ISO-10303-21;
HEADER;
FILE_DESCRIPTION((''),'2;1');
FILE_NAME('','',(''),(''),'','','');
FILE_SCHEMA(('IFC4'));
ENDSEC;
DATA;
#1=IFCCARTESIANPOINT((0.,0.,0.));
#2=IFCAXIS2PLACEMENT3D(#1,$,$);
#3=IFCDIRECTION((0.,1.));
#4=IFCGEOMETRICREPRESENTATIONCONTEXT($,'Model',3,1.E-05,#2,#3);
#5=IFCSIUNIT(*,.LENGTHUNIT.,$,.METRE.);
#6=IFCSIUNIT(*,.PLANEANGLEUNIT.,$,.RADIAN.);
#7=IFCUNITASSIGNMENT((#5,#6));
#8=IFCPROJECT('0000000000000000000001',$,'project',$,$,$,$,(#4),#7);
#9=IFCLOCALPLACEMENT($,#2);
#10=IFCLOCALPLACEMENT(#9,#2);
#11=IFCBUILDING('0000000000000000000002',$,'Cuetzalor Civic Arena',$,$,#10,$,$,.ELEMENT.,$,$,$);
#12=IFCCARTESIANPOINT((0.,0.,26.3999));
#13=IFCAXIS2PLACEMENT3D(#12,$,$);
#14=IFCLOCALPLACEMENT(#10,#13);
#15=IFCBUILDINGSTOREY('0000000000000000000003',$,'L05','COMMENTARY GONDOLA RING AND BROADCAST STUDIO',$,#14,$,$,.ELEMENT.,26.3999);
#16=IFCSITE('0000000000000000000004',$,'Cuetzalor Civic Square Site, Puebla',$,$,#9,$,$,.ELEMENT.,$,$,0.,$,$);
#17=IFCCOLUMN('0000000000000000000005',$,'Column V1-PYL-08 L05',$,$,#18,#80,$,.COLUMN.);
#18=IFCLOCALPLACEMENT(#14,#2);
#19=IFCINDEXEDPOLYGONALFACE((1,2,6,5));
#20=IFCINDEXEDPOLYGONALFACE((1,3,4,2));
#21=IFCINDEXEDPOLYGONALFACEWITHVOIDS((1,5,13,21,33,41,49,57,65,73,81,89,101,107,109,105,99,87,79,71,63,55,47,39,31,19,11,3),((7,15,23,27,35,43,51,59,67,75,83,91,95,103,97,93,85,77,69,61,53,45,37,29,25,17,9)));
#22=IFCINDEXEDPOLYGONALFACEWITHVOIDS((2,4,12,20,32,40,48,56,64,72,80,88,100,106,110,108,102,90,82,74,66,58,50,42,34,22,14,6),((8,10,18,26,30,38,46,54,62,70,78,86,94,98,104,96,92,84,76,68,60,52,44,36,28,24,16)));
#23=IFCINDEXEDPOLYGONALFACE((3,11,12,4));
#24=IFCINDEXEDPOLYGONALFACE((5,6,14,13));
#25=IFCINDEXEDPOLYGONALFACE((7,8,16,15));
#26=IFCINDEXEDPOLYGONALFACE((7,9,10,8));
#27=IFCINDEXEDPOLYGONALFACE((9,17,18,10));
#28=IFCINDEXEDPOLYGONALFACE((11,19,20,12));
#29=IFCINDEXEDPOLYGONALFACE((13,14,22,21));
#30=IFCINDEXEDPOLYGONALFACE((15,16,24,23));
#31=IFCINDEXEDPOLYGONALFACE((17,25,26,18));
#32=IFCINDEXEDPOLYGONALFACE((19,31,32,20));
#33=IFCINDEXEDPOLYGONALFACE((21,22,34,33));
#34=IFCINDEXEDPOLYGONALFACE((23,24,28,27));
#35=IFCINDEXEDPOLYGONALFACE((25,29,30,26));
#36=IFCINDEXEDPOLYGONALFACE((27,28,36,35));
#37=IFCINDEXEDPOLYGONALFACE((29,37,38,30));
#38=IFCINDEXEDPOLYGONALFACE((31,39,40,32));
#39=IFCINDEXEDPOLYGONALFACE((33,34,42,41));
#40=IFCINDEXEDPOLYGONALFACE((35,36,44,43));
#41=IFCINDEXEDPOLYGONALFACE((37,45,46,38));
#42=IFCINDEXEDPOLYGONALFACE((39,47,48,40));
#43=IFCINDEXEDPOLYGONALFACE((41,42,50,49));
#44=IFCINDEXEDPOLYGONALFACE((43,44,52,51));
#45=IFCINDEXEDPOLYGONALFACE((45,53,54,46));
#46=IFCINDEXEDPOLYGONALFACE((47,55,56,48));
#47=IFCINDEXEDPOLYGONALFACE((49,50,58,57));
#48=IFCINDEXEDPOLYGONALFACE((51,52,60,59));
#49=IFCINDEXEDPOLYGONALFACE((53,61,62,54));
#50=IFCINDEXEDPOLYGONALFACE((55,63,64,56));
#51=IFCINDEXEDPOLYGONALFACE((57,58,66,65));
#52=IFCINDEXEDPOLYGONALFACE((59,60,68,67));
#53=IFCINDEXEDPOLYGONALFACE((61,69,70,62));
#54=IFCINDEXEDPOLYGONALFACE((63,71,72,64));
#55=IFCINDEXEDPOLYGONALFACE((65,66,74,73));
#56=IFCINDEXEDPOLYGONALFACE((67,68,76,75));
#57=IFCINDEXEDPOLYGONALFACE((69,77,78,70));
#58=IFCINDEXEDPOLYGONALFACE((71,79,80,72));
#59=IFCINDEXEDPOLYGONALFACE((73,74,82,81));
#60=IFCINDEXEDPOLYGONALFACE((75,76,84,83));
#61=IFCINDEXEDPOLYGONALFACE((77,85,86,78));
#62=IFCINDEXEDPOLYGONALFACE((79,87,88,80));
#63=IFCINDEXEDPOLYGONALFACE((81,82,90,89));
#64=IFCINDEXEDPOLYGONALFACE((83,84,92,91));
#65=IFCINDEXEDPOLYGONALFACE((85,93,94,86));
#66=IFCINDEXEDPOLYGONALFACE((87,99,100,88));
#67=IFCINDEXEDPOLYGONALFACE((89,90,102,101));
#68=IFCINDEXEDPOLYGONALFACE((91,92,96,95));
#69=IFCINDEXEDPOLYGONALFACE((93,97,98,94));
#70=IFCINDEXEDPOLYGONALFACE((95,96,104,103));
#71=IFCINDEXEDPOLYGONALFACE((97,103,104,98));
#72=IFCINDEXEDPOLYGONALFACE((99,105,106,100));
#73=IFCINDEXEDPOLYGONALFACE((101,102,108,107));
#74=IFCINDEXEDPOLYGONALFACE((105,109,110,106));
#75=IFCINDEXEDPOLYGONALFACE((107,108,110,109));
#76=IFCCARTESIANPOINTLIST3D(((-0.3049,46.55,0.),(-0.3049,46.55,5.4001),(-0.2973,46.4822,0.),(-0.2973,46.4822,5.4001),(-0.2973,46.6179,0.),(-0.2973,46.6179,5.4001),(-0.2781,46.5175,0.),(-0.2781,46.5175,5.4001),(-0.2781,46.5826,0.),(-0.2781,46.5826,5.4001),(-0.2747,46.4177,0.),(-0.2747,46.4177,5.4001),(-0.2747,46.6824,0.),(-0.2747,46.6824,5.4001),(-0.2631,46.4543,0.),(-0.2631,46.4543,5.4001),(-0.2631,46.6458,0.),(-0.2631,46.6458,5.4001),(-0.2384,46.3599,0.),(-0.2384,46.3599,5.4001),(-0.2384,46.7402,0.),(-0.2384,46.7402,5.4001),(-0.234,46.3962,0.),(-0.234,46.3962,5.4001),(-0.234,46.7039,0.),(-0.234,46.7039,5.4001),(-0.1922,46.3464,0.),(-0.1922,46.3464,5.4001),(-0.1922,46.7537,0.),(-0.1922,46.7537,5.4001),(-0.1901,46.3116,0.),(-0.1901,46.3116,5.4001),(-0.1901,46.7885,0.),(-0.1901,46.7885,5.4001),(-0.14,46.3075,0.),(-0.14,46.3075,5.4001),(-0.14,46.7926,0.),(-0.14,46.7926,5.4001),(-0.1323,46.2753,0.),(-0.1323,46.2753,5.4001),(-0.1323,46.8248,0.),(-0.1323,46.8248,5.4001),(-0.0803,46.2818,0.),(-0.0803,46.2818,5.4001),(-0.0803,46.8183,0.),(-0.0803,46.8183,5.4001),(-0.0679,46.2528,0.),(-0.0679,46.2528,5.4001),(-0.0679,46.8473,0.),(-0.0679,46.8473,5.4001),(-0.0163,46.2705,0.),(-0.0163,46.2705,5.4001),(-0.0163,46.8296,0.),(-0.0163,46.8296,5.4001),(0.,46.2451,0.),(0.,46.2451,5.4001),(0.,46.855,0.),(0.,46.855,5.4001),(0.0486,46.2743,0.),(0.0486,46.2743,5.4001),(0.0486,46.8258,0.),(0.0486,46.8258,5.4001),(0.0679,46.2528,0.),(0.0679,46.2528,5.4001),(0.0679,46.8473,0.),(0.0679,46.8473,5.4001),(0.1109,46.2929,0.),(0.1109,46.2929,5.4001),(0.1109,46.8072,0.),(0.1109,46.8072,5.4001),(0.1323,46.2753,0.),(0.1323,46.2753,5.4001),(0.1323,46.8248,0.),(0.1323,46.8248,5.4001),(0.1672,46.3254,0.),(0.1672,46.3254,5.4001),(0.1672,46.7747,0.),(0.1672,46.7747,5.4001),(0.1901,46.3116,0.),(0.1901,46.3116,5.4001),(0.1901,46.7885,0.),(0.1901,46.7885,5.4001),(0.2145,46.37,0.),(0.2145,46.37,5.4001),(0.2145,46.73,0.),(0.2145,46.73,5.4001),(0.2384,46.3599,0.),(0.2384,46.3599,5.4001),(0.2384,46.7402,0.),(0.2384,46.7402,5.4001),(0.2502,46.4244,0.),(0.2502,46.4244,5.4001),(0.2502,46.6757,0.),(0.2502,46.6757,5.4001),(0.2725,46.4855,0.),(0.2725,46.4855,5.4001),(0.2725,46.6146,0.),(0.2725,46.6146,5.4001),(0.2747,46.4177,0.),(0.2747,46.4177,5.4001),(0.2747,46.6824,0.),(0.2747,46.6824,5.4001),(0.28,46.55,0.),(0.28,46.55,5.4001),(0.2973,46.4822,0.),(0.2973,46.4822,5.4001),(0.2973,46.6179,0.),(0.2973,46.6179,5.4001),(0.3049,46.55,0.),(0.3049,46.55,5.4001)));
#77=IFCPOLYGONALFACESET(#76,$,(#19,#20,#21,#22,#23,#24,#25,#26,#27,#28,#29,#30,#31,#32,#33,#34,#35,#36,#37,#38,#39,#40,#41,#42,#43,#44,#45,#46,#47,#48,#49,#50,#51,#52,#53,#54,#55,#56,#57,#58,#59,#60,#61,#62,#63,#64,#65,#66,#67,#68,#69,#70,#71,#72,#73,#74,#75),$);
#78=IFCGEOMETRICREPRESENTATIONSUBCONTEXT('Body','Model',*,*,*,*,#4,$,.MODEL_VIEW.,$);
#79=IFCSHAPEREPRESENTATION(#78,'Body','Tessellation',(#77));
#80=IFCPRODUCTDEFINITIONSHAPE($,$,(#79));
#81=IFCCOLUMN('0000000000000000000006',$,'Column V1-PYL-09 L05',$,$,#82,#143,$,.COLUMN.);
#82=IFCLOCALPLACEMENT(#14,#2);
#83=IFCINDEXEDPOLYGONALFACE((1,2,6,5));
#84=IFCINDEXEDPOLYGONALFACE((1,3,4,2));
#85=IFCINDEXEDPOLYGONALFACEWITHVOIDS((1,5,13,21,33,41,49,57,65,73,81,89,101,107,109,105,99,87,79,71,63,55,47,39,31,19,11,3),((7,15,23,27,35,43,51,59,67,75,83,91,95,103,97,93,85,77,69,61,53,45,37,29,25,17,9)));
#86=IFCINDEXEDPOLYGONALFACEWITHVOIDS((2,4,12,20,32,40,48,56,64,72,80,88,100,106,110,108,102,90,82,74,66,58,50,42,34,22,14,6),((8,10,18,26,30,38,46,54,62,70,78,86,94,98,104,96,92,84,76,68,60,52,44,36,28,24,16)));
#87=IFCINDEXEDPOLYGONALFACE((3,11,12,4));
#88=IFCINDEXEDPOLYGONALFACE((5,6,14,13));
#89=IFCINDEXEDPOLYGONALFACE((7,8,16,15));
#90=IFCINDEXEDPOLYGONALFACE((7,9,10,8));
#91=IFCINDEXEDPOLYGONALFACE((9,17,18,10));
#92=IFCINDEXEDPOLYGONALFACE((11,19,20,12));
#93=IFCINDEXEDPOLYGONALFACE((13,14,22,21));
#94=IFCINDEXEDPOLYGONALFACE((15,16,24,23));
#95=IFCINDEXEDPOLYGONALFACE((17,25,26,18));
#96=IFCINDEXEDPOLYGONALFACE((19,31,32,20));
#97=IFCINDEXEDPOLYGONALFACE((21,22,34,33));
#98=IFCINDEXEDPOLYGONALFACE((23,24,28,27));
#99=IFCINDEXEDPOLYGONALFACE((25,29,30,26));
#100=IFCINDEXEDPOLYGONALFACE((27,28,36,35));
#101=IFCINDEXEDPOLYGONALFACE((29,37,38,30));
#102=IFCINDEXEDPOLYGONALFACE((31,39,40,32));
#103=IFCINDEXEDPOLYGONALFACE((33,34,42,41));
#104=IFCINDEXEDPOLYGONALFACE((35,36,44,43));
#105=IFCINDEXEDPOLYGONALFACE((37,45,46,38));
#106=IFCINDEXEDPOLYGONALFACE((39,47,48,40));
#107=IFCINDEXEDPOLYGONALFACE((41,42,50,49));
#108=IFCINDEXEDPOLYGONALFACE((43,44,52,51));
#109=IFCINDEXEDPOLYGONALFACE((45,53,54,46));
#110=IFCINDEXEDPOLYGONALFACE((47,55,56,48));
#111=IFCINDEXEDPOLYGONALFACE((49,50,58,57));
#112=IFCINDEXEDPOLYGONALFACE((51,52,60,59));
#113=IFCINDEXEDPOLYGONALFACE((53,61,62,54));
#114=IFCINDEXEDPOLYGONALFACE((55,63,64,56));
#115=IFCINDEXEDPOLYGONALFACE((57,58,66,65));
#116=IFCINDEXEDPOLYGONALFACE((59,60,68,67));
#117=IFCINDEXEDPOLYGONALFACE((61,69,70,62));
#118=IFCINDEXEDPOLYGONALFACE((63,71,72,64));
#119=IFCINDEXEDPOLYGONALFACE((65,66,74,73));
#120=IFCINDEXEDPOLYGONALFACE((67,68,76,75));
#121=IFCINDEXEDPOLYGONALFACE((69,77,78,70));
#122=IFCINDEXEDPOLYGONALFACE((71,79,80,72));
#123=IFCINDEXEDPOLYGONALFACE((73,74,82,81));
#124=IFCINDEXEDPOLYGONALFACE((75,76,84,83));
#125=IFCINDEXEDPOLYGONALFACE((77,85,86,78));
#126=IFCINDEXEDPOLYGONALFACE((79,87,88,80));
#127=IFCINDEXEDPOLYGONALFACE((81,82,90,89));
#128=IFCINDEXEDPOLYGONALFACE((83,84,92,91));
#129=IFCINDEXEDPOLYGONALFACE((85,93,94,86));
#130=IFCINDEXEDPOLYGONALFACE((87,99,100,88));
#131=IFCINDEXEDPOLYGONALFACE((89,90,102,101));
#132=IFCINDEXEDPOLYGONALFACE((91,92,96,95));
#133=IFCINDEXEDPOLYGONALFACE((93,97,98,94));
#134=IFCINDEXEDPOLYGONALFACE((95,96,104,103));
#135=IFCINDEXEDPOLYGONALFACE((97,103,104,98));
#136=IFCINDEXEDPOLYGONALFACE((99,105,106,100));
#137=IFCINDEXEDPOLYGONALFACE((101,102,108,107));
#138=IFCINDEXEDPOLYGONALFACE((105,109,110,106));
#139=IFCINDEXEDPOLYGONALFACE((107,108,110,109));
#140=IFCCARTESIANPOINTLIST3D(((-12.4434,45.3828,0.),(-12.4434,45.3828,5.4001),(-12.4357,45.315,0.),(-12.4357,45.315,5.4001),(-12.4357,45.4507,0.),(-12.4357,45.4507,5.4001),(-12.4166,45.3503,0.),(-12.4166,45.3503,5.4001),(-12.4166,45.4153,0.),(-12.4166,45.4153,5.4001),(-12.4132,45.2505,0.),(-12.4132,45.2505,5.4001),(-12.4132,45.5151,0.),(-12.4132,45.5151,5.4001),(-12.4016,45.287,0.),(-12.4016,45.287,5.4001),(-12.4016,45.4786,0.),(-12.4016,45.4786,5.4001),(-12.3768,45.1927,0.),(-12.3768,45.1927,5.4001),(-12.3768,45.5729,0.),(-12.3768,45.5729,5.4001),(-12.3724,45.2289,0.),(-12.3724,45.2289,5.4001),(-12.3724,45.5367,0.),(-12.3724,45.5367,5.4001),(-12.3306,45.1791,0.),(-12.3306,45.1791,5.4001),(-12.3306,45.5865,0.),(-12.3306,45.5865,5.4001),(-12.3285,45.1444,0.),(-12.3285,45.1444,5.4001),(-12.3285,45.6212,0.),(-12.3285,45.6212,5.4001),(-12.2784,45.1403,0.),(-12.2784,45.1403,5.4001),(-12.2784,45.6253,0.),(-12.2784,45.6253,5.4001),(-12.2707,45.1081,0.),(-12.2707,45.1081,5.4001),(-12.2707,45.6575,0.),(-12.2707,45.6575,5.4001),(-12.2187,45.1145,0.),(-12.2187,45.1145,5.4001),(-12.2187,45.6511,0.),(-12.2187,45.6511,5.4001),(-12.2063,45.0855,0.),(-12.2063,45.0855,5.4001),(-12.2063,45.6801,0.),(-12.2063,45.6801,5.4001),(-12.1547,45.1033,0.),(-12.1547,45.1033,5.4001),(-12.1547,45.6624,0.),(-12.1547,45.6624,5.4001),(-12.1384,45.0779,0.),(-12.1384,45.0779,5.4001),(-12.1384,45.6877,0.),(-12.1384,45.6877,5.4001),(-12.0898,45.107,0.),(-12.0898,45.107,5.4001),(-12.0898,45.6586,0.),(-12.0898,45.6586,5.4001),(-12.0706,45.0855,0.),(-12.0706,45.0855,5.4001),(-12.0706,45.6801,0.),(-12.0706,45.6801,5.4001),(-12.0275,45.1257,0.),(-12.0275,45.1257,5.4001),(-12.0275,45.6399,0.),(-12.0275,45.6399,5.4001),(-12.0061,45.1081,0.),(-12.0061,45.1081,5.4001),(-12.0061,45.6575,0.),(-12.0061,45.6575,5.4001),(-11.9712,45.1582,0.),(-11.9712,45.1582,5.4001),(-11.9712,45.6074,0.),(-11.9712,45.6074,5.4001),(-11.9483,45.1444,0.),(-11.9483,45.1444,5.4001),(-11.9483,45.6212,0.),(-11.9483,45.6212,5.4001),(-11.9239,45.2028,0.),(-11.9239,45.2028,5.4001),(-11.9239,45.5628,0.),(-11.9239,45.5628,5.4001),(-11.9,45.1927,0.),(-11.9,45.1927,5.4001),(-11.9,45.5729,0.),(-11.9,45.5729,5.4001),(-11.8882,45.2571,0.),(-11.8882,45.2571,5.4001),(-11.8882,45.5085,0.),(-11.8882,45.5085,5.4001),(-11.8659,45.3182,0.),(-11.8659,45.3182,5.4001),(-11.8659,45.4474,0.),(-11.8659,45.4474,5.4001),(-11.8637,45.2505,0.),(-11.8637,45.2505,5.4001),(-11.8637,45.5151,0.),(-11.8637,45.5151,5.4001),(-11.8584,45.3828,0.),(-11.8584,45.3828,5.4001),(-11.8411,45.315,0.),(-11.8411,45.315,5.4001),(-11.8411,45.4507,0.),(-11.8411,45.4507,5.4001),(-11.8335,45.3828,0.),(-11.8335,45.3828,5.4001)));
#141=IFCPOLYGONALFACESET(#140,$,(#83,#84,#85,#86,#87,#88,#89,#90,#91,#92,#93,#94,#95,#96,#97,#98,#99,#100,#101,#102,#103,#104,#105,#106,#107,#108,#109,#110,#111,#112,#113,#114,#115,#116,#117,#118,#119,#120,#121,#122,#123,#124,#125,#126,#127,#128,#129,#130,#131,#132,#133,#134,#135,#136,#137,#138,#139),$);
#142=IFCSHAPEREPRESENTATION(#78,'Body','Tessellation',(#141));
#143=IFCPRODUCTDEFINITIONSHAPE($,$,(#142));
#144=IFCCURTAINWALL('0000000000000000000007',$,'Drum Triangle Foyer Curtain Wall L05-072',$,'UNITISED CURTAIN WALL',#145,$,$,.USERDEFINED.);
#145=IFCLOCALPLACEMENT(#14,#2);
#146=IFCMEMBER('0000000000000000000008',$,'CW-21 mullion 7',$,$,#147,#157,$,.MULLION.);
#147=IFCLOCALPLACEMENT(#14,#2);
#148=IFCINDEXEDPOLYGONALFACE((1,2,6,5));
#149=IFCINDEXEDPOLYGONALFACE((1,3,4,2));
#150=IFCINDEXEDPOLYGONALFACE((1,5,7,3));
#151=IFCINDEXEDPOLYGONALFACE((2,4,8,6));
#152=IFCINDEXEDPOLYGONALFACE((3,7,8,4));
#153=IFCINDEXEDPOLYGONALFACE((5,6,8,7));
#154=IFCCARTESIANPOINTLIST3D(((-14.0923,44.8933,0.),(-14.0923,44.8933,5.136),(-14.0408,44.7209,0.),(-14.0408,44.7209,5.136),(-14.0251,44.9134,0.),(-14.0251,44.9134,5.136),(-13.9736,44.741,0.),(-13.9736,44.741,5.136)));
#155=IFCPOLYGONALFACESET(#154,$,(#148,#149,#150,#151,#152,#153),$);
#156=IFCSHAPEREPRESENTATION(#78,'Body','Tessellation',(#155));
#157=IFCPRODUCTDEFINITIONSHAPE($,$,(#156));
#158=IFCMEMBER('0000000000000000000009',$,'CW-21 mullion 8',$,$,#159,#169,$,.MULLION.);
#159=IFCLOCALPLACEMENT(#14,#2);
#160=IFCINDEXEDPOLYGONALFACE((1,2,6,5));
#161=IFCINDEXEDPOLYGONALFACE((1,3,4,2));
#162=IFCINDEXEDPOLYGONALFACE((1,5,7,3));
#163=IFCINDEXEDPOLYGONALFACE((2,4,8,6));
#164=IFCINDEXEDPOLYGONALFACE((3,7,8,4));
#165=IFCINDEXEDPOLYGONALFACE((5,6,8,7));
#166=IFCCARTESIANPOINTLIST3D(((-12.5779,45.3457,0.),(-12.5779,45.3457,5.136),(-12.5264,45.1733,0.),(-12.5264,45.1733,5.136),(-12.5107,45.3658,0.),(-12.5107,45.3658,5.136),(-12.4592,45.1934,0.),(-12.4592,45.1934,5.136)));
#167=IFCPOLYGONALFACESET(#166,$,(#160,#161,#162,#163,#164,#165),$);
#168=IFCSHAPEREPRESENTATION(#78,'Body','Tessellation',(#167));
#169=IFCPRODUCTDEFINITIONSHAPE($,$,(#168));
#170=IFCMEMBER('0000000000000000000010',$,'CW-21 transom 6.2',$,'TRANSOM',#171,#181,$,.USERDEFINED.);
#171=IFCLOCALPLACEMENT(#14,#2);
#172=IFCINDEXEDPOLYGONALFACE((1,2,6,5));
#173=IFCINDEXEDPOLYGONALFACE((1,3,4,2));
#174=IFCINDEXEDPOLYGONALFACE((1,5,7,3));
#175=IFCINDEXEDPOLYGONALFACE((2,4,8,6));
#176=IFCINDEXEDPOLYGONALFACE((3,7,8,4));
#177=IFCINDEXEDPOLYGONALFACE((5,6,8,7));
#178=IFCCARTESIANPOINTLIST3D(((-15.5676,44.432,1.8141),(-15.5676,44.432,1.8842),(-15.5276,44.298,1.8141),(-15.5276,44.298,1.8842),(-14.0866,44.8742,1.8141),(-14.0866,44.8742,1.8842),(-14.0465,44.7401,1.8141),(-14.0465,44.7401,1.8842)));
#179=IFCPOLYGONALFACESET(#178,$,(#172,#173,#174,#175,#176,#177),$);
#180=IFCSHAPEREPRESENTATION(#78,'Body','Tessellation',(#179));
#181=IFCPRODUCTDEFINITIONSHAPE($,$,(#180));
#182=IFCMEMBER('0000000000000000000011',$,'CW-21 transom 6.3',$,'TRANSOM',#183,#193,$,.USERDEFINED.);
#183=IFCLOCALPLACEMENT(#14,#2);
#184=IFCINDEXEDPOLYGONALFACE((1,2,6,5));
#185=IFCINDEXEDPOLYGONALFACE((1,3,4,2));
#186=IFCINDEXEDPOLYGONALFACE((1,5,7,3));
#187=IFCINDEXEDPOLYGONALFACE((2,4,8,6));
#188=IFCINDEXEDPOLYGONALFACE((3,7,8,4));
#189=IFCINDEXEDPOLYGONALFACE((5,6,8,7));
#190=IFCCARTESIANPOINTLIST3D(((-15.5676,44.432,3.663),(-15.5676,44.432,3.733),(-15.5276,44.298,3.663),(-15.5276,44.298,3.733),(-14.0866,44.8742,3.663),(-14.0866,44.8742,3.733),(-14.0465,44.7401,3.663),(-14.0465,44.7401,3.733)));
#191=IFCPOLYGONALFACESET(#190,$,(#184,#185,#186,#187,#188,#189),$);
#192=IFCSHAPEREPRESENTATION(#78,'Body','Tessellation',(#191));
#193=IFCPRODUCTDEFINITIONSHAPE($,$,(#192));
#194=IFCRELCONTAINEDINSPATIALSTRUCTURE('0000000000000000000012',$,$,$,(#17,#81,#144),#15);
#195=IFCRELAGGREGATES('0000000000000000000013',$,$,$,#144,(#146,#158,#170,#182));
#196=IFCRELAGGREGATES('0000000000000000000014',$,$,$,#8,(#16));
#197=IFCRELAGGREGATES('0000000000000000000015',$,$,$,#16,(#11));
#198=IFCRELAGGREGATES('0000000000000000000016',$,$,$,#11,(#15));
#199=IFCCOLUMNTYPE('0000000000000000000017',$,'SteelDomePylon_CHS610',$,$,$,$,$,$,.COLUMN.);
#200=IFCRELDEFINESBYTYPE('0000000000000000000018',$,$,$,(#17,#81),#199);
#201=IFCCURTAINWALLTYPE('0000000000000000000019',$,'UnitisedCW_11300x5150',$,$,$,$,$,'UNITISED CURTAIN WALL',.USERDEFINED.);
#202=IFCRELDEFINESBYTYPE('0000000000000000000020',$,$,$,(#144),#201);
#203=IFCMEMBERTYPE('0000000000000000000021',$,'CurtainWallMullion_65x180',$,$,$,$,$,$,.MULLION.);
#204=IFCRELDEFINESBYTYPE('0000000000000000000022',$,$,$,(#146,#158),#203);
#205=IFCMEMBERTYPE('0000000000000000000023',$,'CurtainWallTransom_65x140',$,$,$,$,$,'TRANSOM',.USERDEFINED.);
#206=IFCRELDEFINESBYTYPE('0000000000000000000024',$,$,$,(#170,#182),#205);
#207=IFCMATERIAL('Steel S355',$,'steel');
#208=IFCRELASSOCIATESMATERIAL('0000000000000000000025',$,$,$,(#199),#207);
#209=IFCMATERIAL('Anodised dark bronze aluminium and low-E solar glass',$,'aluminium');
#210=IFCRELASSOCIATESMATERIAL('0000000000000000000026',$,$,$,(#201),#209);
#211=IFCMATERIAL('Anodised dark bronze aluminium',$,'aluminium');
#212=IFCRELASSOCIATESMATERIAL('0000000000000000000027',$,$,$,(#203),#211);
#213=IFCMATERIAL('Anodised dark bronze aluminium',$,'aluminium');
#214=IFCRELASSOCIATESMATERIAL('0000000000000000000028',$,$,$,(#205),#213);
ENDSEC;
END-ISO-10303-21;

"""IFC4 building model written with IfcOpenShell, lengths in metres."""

from ifc_helpers import new_model, si_unit, direction, frame, origin, origin_2d, place, context, subcontext, project, spatial, rectangle, hollow_circle, extrude, material, material_profile, profile_set, type_object, element, aggregate, save


model = new_model("IFC4")

# Units and contexts
model_context = context("Model", 3, precision=1e-05, world=origin(), true_north=direction((0.0, 1.0)))
body_context = subcontext(model_context, "Body", "Model", "MODEL_VIEW")
ifc_project = project(units=[si_unit("LENGTHUNIT", "METRE"), si_unit("PLANEANGLEUNIT", "RADIAN")], contexts=[model_context])

# Site, building, storey
site_placement = place(None, origin())
site = spatial("IfcSite", under=ifc_project, at=site_placement, Name="Cuetzalor Civic Square Site, Puebla", CompositionType="ELEMENT", RefElevation=0.0)
building_placement = place(site_placement, origin())
building = spatial("IfcBuilding", under=site, at=building_placement, Name="Cuetzalor Civic Arena", CompositionType="ELEMENT")
storey_placement = place(building_placement, frame((0.0, 0.0, 26.3999)))
storey = spatial("IfcBuildingStorey", under=building, at=storey_placement, Name="L05", Description="COMMENTARY GONDOLA RING AND BROADCAST STUDIO", CompositionType="ELEMENT", Elevation=26.3999)

# Columns
ifc_material_1 = material(Name="Steel S355", Category="steel")
ifc_material_profile_1 = material_profile(ifc_material_1, hollow_circle(Radius=0.3049, WallThickness=0.0249, at=origin_2d()), Name="CHS 610x25")
ifc_profile_set_1 = profile_set([ifc_material_profile_1], Name="Steel S355")
column_type = type_object("IfcColumnType", Name="SteelDomePylon_CHS610", PredefinedType="COLUMN", material=ifc_profile_set_1)
for number, where, z_axis, x_axis, name in (
    (1, (0.0, 46.55, 0.0), (0.0, 0.0, 1.0), (1.0, 0.0, 0.0), "Column V1-PYL-08 L05"),
    (2, (-12.1384, 45.3828, 0.0), (0.0, 0.0, 1.0), (1.0, 0.0, 0.0), "Column V1-PYL-09 L05"),
):
    element("IfcColumn", number, at=place(storey_placement, frame(where, z_axis=z_axis, x_axis=x_axis)), inside=storey, type_object=column_type, Name=name, PredefinedType="COLUMN", context=body_context, shape_type="SweptSolid", body=[
        extrude(hollow_circle(Radius=0.3049, WallThickness=0.0249, at=origin_2d()), origin(), (0.0, 0.0, 1.0), 5.4001),
    ])

# Curtain wall, members
ifc_material_2 = material(Name="Anodised dark bronze aluminium and low-E solar glass", Category="aluminium")
curtain_wall_type = type_object("IfcCurtainWallType", Name="UnitisedCW_11300x5150", ElementType="UNITISED CURTAIN WALL", PredefinedType="USERDEFINED", material=ifc_material_2)
curtain_wall_placement = place(storey_placement, origin())
curtain_wall = element("IfcCurtainWall", 3, at=curtain_wall_placement, inside=storey, type_object=curtain_wall_type, Name="Drum Triangle Foyer Curtain Wall L05-072", ObjectType="UNITISED CURTAIN WALL", PredefinedType="USERDEFINED")
ifc_material_3 = material(Name="Anodised dark bronze aluminium", Category="aluminium")
ifc_material_profile_2 = material_profile(ifc_material_3, rectangle(XDim=0.0701, YDim=0.1799, at=origin_2d()), Name="ALU MULLION 70x180")
ifc_profile_set_2 = profile_set([ifc_material_profile_2], Name="Anodised dark bronze aluminium")
member_type_1 = type_object("IfcMemberType", Name="CurtainWallMullion_65x180", PredefinedType="MULLION", material=ifc_profile_set_2)
member_1_placement = place(storey_placement, frame((-14.033, 44.8171, 0.0), z_axis=(0.0, 0.0, 1.0), x_axis=(0.958194, 0.28612, 0.0)))
member_1 = element("IfcMember", 4, at=member_1_placement, type_object=member_type_1, Name="CW-21 mullion 7", PredefinedType="MULLION", context=body_context, shape_type="SweptSolid", body=[
    extrude(rectangle(XDim=0.0701, YDim=0.1799, at=origin_2d()), origin(), (0.0, 0.0, 1.0), 5.136),
])
member_2_placement = place(storey_placement, frame((-12.5186, 45.2695, 0.0), z_axis=(0.0, 0.0, 1.0), x_axis=(0.958194, 0.28612, 0.0)))
member_2 = element("IfcMember", 5, at=member_2_placement, type_object=member_type_1, Name="CW-21 mullion 8", PredefinedType="MULLION", context=body_context, shape_type="SweptSolid", body=[
    extrude(rectangle(XDim=0.0701, YDim=0.1799, at=origin_2d()), origin(), (0.0, 0.0, 1.0), 5.136),
])
ifc_material_4 = material(Name="Anodised dark bronze aluminium", Category="aluminium")
ifc_material_profile_3 = material_profile(ifc_material_4, rectangle(XDim=0.1399, YDim=0.0701, at=origin_2d()), Name="ALU TRANSOM 70x140")
ifc_profile_set_3 = profile_set([ifc_material_profile_3], Name="Anodised dark bronze aluminium")
member_type_2 = type_object("IfcMemberType", Name="CurtainWallTransom_65x140", ElementType="TRANSOM", PredefinedType="USERDEFINED", material=ifc_profile_set_3)
member_3_placement = place(storey_placement, frame((-15.5476, 44.365, 1.8491), z_axis=(0.958208, 0.286072, 0.0), x_axis=(-0.286072, 0.958208, 0.0)))
member_3 = element("IfcMember", 6, at=member_3_placement, type_object=member_type_2, Name="CW-21 transom 6.2", ObjectType="TRANSOM", PredefinedType="USERDEFINED", context=body_context, shape_type="SweptSolid", body=[
    extrude(rectangle(XDim=0.1399, YDim=0.0701, at=origin_2d()), origin(), (0.0, 0.0, 1.0), 1.5457),
])
member_4_placement = place(storey_placement, frame((-15.5476, 44.365, 3.698), z_axis=(0.958208, 0.286072, 0.0), x_axis=(-0.286072, 0.958208, 0.0)))
member_4 = element("IfcMember", 7, at=member_4_placement, type_object=member_type_2, Name="CW-21 transom 6.3", ObjectType="TRANSOM", PredefinedType="USERDEFINED", context=body_context, shape_type="SweptSolid", body=[
    extrude(rectangle(XDim=0.1399, YDim=0.0701, at=origin_2d()), origin(), (0.0, 0.0, 1.0), 1.5457),
])
aggregate(curtain_wall, [member_1, member_2, member_3, member_4])

save(model, "model.ifc")
